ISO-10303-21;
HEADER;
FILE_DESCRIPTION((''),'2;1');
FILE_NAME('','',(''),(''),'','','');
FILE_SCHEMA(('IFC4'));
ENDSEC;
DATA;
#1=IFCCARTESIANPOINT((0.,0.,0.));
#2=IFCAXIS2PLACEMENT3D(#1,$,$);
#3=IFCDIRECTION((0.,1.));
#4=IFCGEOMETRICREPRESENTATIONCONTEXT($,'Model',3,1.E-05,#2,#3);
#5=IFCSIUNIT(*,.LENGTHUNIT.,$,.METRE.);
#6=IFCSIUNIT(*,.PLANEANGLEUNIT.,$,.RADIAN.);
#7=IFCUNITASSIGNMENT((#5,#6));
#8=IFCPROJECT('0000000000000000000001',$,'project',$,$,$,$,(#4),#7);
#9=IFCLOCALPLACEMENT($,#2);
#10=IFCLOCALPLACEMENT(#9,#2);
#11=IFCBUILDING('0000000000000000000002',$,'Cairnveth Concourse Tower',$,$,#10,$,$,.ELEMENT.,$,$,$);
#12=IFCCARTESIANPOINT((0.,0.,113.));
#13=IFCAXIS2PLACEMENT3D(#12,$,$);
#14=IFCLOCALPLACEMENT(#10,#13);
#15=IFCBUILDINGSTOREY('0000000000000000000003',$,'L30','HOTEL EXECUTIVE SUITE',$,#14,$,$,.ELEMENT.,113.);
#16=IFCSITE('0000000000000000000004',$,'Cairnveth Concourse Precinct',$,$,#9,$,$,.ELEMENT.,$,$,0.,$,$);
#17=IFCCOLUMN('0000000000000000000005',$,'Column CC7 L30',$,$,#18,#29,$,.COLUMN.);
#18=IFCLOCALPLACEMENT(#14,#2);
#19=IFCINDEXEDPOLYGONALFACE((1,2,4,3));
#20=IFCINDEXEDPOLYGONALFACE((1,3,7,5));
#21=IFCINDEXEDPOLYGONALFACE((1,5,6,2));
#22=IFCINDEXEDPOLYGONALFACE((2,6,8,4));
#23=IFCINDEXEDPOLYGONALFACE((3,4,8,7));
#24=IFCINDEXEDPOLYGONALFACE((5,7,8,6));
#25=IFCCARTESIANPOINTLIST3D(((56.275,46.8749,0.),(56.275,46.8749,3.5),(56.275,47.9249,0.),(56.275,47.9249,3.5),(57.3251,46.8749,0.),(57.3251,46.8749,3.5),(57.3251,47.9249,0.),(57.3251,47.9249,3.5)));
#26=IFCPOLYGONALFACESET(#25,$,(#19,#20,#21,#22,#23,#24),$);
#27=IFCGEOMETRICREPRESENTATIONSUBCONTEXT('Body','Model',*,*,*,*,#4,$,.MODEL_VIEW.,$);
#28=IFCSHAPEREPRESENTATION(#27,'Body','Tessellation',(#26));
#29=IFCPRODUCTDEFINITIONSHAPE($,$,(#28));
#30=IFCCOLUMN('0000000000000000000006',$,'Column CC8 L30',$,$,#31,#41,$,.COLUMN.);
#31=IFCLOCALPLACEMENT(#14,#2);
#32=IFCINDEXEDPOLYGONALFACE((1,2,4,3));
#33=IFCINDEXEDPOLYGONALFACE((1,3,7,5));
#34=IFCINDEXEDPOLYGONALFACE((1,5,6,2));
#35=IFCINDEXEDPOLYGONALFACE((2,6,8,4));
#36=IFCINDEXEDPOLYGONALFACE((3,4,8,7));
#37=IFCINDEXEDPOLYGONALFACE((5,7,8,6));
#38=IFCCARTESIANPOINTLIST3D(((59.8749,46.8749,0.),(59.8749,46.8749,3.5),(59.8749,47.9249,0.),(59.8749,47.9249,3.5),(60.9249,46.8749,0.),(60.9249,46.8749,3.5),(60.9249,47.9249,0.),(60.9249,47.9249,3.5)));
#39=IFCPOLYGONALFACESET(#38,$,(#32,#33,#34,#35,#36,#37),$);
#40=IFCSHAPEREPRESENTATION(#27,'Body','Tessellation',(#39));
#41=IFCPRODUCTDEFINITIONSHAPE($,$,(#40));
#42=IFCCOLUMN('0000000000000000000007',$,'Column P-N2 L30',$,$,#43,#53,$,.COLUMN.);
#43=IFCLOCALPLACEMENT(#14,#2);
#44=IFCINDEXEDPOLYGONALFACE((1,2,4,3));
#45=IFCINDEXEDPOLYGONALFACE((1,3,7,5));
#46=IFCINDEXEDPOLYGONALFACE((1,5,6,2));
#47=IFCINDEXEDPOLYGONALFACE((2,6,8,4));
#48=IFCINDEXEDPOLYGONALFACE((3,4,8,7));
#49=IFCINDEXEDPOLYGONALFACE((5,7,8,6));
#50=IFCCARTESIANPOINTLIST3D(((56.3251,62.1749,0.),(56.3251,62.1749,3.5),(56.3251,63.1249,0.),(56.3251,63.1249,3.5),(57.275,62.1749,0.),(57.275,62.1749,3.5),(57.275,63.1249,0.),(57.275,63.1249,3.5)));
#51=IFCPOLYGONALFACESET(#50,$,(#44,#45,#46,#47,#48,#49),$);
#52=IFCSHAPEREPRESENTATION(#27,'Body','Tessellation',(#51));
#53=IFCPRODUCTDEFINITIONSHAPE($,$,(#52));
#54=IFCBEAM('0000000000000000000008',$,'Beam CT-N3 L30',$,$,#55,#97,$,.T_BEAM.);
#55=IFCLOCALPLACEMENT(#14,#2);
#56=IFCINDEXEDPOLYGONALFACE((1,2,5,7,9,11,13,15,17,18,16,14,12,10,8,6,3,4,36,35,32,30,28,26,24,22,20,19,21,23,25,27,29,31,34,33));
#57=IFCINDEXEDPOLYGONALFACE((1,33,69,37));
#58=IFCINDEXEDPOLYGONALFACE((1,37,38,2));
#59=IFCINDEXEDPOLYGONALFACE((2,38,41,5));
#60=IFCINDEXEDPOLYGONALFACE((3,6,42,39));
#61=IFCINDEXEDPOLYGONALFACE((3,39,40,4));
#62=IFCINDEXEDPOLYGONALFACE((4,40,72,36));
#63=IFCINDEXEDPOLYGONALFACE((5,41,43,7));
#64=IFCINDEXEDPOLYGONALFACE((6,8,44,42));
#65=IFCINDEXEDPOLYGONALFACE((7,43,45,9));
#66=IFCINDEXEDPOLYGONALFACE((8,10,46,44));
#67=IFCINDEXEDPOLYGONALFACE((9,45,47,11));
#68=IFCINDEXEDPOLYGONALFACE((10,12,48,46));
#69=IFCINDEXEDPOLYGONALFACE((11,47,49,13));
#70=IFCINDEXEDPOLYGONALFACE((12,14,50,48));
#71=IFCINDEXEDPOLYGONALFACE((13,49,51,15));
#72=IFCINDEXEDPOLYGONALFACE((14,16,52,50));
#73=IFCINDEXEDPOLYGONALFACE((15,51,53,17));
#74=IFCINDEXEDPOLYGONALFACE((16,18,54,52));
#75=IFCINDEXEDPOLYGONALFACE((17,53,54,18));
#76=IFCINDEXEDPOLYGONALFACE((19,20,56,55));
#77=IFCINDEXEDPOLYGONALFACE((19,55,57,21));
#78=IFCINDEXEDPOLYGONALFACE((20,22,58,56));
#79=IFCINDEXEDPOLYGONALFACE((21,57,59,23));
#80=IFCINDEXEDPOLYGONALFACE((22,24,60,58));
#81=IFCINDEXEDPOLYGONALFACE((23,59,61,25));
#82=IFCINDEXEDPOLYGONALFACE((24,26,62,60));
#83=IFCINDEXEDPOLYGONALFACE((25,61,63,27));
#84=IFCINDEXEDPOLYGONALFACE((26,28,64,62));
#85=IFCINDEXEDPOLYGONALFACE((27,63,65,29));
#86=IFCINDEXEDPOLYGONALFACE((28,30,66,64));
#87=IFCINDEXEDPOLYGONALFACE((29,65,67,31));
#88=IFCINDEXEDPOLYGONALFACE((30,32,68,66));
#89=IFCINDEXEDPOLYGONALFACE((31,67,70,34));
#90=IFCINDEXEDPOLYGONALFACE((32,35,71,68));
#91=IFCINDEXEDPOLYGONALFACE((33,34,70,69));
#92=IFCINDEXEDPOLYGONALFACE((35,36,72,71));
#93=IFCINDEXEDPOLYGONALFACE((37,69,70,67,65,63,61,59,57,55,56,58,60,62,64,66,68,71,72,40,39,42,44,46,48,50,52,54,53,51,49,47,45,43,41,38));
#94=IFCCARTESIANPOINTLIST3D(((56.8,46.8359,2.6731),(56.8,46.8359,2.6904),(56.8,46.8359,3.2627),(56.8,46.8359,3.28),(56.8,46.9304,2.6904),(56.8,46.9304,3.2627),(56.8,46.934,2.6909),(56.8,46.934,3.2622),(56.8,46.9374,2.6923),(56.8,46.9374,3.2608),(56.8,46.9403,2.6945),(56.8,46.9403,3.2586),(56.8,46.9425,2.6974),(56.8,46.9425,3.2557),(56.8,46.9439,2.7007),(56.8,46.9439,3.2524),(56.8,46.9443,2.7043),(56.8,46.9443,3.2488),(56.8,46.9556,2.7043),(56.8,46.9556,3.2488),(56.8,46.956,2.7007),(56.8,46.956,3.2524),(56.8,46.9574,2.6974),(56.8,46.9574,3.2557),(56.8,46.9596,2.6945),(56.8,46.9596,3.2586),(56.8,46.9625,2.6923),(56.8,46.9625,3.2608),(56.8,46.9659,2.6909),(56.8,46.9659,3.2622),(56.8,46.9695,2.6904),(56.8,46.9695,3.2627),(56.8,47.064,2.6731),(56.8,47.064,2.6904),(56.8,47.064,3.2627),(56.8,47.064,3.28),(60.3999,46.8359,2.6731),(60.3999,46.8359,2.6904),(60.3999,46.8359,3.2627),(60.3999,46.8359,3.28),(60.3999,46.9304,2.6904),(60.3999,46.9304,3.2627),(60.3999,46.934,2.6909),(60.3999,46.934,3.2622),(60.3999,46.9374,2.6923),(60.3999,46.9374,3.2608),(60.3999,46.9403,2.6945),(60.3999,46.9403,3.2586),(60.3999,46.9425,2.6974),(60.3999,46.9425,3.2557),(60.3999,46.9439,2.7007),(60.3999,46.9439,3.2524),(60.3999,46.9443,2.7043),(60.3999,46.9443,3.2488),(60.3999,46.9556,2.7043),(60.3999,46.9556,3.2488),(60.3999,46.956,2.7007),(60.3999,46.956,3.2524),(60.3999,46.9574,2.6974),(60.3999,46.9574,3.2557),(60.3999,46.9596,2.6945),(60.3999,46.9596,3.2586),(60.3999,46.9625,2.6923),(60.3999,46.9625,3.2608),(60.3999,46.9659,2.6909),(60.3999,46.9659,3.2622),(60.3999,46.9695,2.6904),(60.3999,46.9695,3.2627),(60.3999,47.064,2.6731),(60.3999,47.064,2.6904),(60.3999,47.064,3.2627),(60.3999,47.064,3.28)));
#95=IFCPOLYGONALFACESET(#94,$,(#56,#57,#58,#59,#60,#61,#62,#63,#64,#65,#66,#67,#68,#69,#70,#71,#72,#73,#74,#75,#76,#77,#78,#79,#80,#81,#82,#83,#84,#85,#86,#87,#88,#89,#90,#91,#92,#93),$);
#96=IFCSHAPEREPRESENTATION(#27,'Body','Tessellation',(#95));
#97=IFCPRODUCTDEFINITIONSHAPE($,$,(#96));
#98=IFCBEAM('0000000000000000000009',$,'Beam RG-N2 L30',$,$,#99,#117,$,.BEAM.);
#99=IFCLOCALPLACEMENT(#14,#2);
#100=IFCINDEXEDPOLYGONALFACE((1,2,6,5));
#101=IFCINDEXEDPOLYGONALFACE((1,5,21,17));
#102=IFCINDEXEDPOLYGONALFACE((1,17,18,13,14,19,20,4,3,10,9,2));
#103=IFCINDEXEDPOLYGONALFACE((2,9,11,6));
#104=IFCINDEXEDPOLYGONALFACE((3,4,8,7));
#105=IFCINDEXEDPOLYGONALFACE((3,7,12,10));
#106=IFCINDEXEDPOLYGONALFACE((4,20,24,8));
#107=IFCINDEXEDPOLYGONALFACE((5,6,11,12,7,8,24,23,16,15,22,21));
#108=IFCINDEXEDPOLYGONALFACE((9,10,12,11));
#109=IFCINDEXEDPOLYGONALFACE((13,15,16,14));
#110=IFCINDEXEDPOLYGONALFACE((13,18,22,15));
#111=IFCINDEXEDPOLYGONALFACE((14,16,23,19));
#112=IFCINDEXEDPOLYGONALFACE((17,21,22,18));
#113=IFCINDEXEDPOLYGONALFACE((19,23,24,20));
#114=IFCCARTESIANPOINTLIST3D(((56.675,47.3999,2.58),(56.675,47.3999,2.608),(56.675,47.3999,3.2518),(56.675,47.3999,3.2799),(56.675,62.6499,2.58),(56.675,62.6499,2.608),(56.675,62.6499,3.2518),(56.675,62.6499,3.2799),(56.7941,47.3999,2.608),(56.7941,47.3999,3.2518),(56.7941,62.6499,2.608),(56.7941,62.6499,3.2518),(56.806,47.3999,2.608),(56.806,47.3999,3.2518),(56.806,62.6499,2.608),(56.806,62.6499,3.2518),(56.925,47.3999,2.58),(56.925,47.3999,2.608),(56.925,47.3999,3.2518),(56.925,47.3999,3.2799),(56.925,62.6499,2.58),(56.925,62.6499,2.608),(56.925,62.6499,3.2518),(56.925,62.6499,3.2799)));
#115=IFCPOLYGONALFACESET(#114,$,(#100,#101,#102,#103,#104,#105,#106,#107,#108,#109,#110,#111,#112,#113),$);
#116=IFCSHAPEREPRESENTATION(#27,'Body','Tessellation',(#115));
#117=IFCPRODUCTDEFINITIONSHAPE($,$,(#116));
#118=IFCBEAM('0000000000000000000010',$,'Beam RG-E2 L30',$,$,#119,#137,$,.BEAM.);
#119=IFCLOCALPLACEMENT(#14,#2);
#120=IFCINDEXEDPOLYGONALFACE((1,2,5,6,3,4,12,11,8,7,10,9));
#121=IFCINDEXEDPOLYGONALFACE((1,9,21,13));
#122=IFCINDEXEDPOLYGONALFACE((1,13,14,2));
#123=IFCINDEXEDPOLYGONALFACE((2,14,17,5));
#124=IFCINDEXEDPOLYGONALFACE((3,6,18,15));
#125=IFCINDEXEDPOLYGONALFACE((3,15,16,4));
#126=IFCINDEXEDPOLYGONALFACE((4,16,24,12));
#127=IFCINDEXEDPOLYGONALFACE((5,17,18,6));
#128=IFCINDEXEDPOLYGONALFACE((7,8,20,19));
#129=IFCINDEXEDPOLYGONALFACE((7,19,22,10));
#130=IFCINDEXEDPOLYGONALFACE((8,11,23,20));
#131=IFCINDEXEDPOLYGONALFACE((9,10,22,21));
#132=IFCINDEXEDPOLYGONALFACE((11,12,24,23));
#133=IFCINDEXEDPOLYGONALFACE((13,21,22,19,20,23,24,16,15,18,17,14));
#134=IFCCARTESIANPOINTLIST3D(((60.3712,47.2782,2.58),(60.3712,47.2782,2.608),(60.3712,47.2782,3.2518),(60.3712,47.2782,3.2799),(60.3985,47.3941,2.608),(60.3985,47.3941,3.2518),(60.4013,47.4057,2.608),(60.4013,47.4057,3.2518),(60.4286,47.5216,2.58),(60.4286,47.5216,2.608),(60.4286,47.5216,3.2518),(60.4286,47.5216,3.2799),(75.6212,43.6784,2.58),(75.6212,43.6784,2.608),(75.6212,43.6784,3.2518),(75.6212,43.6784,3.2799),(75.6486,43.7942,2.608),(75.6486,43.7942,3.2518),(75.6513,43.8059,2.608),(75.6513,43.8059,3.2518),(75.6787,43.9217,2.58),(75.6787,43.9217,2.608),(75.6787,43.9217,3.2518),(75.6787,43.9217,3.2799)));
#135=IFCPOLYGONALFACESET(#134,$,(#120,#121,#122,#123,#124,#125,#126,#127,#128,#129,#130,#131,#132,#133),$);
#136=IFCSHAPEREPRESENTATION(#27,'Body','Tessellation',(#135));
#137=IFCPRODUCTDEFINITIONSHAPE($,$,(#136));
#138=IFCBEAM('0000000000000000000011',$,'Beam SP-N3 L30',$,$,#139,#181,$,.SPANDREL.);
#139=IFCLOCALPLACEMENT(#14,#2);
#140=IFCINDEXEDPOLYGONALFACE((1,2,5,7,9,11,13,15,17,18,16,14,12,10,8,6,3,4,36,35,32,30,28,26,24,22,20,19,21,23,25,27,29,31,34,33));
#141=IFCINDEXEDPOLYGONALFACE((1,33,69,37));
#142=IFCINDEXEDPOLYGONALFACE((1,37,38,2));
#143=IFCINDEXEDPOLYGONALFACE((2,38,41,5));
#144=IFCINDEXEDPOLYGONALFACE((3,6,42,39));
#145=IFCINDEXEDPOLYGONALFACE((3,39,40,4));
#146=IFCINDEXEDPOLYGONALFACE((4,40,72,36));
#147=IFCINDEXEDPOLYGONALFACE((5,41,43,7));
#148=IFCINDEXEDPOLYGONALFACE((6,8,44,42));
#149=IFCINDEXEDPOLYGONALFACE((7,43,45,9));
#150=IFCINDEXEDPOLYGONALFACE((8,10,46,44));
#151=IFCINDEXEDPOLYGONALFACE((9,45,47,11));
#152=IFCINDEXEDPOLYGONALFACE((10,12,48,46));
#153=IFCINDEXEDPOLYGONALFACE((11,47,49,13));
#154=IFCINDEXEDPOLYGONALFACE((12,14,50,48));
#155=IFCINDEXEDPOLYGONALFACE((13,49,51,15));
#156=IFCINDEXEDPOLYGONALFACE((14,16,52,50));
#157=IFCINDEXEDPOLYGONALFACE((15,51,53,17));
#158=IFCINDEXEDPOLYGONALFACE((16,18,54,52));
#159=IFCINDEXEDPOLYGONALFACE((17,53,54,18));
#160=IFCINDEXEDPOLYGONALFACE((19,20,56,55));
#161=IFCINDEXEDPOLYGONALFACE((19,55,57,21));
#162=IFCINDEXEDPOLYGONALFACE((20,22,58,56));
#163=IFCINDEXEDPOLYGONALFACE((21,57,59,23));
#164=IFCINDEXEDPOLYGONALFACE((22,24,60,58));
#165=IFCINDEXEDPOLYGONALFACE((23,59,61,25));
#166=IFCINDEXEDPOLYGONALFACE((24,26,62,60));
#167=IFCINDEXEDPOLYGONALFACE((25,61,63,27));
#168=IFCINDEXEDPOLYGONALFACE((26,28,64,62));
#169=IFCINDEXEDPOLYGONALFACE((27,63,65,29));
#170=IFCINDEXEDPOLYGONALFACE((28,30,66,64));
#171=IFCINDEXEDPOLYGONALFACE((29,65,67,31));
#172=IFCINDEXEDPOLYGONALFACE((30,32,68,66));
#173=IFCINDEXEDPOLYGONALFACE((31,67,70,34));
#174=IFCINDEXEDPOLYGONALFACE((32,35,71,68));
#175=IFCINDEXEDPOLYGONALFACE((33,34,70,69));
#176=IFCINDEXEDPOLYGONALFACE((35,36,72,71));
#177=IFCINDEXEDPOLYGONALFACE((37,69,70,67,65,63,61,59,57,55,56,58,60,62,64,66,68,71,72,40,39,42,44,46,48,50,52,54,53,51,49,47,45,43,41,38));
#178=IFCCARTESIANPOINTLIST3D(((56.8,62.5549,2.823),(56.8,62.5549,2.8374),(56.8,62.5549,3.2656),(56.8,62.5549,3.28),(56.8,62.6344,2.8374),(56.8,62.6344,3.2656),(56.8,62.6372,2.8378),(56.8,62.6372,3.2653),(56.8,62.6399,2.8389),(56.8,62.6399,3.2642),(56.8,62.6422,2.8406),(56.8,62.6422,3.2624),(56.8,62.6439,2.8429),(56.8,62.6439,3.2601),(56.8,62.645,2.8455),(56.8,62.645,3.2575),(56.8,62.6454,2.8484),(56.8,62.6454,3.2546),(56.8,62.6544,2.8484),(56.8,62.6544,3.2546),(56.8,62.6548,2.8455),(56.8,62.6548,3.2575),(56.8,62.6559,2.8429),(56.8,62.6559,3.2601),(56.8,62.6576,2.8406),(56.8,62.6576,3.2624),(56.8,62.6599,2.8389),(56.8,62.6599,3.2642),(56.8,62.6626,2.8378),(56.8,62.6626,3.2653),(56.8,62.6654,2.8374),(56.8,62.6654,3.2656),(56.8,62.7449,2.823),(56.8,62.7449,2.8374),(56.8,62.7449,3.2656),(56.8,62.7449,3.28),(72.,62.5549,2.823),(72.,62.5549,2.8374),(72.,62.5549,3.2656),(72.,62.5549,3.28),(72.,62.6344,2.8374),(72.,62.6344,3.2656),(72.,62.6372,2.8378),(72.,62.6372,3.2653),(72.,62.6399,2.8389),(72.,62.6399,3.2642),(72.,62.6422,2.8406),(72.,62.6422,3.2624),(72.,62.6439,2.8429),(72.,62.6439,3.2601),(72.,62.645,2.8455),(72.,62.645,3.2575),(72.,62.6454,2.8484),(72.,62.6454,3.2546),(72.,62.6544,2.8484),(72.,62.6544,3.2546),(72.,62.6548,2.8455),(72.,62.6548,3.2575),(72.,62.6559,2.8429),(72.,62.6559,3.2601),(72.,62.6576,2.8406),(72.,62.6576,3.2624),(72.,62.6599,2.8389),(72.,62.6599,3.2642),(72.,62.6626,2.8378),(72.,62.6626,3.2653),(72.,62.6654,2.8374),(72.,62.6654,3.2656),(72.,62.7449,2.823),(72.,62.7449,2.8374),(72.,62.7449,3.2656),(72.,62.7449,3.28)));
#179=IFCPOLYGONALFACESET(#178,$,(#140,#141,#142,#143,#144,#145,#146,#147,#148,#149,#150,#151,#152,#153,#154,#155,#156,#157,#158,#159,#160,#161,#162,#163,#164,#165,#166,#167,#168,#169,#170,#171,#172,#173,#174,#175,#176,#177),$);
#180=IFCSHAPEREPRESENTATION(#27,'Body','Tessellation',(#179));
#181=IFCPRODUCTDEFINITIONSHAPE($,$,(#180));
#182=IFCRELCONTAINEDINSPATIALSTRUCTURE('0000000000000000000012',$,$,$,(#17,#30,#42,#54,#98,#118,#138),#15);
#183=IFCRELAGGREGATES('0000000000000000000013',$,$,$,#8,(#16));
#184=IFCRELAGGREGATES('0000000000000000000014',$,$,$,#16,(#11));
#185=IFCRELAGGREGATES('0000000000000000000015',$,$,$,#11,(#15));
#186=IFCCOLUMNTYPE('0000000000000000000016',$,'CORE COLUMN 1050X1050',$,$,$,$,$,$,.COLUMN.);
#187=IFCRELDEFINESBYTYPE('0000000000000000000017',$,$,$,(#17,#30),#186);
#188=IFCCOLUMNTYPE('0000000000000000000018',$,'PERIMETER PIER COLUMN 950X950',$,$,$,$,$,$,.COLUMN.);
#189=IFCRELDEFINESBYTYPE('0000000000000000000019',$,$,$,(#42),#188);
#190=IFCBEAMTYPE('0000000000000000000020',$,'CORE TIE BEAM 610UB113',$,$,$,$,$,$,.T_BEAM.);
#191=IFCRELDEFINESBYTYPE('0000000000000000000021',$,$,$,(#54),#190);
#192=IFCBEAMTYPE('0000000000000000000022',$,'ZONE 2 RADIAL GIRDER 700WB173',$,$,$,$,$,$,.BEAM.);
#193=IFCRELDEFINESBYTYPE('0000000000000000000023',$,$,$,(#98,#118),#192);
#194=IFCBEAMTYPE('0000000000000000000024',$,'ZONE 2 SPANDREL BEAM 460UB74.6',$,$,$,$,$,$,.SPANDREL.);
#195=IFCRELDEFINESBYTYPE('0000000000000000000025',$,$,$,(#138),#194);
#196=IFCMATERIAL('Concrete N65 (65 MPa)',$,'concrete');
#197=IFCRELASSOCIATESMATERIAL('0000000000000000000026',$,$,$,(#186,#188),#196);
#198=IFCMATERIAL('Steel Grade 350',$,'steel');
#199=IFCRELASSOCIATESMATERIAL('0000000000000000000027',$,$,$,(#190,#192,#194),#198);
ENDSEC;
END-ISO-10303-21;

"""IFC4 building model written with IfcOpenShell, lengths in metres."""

from ifc_helpers import new_model, si_unit, direction, frame, origin, origin_2d, place, context, subcontext, project, spatial, rectangle, i_section, extrude, material, material_profile, profile_set, type_object, element, save


model = new_model("IFC4")

# Units and contexts
model_context = context("Model", 3, precision=1e-05, world=origin(), true_north=direction((0.0, 1.0)))
body_context = subcontext(model_context, "Body", "Model", "MODEL_VIEW")
ifc_project = project(units=[si_unit("LENGTHUNIT", "METRE"), si_unit("PLANEANGLEUNIT", "RADIAN")], contexts=[model_context])

# Site, building, storey
site_placement = place(None, origin())
site = spatial("IfcSite", under=ifc_project, at=site_placement, Name="Cairnveth Concourse Precinct", CompositionType="ELEMENT", RefElevation=0.0)
building_placement = place(site_placement, origin())
building = spatial("IfcBuilding", under=site, at=building_placement, Name="Cairnveth Concourse Tower", CompositionType="ELEMENT")
storey_placement = place(building_placement, frame((0.0, 0.0, 113.0)))
storey = spatial("IfcBuildingStorey", under=building, at=storey_placement, Name="L30", Description="HOTEL EXECUTIVE SUITE", CompositionType="ELEMENT", Elevation=113.0)

# Columns
ifc_material_1 = material(Name="Concrete N65 (65 MPa)", Category="concrete")
ifc_material_profile_1 = material_profile(ifc_material_1, rectangle(XDim=1.05, YDim=1.05, at=origin_2d()), Name="RC-COL-1050x1050")
ifc_profile_set_1 = profile_set([ifc_material_profile_1], Name="Concrete N65 (65 MPa)")
column_type_1 = type_object("IfcColumnType", Name="CORE COLUMN 1050X1050", PredefinedType="COLUMN", material=ifc_profile_set_1)
for number, where, z_axis, x_axis, name in (
    (1, (56.8, 47.3999, 0.0), (0.0, 0.0, 1.0), (1.0, 0.0, 0.0), "Column CC7 L30"),
    (2, (60.3999, 47.3999, 0.0), (0.0, 0.0, 1.0), (1.0, 0.0, 0.0), "Column CC8 L30"),
):
    element("IfcColumn", number, at=place(storey_placement, frame(where, z_axis=z_axis, x_axis=x_axis)), inside=storey, type_object=column_type_1, Name=name, PredefinedType="COLUMN", context=body_context, shape_type="SweptSolid", body=[
        extrude(rectangle(XDim=1.05, YDim=1.05, at=origin_2d()), origin(), (0.0, 0.0, 1.0), 3.5),
    ])
ifc_material_profile_2 = material_profile(ifc_material_1, rectangle(XDim=0.95, YDim=0.95, at=origin_2d()), Name="RC-COL-950x950")
ifc_profile_set_2 = profile_set([ifc_material_profile_2], Name="Concrete N65 (65 MPa)")
column_type_2 = type_object("IfcColumnType", Name="PERIMETER PIER COLUMN 950X950", PredefinedType="COLUMN", material=ifc_profile_set_2)
column_placement = place(storey_placement, frame((56.8, 62.6499, 0.0), z_axis=(0.0, 0.0, 1.0), x_axis=(1.0, 0.0, 0.0)))
element("IfcColumn", 3, at=column_placement, inside=storey, type_object=column_type_2, Name="Column P-N2 L30", PredefinedType="COLUMN", context=body_context, shape_type="SweptSolid", body=[
    extrude(rectangle(XDim=0.95, YDim=0.95, at=origin_2d()), origin(), (0.0, 0.0, 1.0), 3.5),
])

# Beams
ifc_material_2 = material(Name="Steel Grade 350", Category="steel")
ifc_material_profile_3 = material_profile(ifc_material_2, i_section(OverallWidth=0.228, OverallDepth=0.6069, WebThickness=0.0112, FlangeThickness=0.0173, FilletRadius=0.0139, at=origin_2d()), Name="610UB113")
ifc_profile_set_3 = profile_set([ifc_material_profile_3], Name="Steel Grade 350")
beam_type_1 = type_object("IfcBeamType", Name="CORE TIE BEAM 610UB113", PredefinedType="T_BEAM", material=ifc_profile_set_3)
beam_1_placement = place(storey_placement, frame((56.8, 46.95, 2.9766), z_axis=(1.0, 0.0, 0.0), x_axis=(0.0, 1.0, 0.0)))
element("IfcBeam", 4, at=beam_1_placement, inside=storey, type_object=beam_type_1, Name="Beam CT-N3 L30", PredefinedType="T_BEAM", context=body_context, shape_type="SweptSolid", body=[
    extrude(i_section(OverallWidth=0.228, OverallDepth=0.6069, WebThickness=0.0112, FlangeThickness=0.0173, FilletRadius=0.0139, at=origin_2d()), origin(), (0.0, 0.0, 1.0), 3.5999),
])
ifc_material_profile_4 = material_profile(ifc_material_2, i_section(OverallWidth=0.25, OverallDepth=0.7, WebThickness=0.012, FlangeThickness=0.0281, at=origin_2d()), Name="700WB173")
ifc_profile_set_4 = profile_set([ifc_material_profile_4], Name="Steel Grade 350")
beam_type_2 = type_object("IfcBeamType", Name="ZONE 2 RADIAL GIRDER 700WB173", PredefinedType="BEAM", material=ifc_profile_set_4)
beam_2_placement = place(storey_placement, frame((56.8, 47.3999, 2.9299), z_axis=(0.0, 1.0, 0.0), x_axis=(-1.0, 0.0, 0.0)))
element("IfcBeam", 5, at=beam_2_placement, inside=storey, type_object=beam_type_2, Name="Beam RG-N2 L30", PredefinedType="BEAM", context=body_context, shape_type="SweptSolid", body=[
    extrude(i_section(OverallWidth=0.25, OverallDepth=0.7, WebThickness=0.012, FlangeThickness=0.0281, at=origin_2d()), origin(), (0.0, 0.0, 1.0), 15.25),
])
beam_3_placement = place(storey_placement, frame((60.3999, 47.3999, 2.9299), z_axis=(0.973252, -0.229742, 0.0), x_axis=(0.229742, 0.973252, 0.0)))
element("IfcBeam", 6, at=beam_3_placement, inside=storey, type_object=beam_type_2, Name="Beam RG-E2 L30", PredefinedType="BEAM", context=body_context, shape_type="SweptSolid", body=[
    extrude(i_section(OverallWidth=0.25, OverallDepth=0.7, WebThickness=0.012, FlangeThickness=0.0281, at=origin_2d()), origin(), (0.0, 0.0, 1.0), 15.6692),
])
ifc_material_profile_5 = material_profile(ifc_material_2, i_section(OverallWidth=0.1899, OverallDepth=0.457, WebThickness=0.009, FlangeThickness=0.0144, FilletRadius=0.011, at=origin_2d()), Name="460UB74.6")
ifc_profile_set_5 = profile_set([ifc_material_profile_5], Name="Steel Grade 350")
beam_type_3 = type_object("IfcBeamType", Name="ZONE 2 SPANDREL BEAM 460UB74.6", PredefinedType="SPANDREL", material=ifc_profile_set_5)
beam_4_placement = place(storey_placement, frame((56.8, 62.6499, 3.0515), z_axis=(1.0, 0.0, 0.0), x_axis=(0.0, 1.0, 0.0)))
element("IfcBeam", 7, at=beam_4_placement, inside=storey, type_object=beam_type_3, Name="Beam SP-N3 L30", PredefinedType="SPANDREL", context=body_context, shape_type="SweptSolid", body=[
    extrude(i_section(OverallWidth=0.1899, OverallDepth=0.457, WebThickness=0.009, FlangeThickness=0.0144, FilletRadius=0.011, at=origin_2d()), origin(), (0.0, 0.0, 1.0), 15.2),
])

save(model, "model.ifc")
